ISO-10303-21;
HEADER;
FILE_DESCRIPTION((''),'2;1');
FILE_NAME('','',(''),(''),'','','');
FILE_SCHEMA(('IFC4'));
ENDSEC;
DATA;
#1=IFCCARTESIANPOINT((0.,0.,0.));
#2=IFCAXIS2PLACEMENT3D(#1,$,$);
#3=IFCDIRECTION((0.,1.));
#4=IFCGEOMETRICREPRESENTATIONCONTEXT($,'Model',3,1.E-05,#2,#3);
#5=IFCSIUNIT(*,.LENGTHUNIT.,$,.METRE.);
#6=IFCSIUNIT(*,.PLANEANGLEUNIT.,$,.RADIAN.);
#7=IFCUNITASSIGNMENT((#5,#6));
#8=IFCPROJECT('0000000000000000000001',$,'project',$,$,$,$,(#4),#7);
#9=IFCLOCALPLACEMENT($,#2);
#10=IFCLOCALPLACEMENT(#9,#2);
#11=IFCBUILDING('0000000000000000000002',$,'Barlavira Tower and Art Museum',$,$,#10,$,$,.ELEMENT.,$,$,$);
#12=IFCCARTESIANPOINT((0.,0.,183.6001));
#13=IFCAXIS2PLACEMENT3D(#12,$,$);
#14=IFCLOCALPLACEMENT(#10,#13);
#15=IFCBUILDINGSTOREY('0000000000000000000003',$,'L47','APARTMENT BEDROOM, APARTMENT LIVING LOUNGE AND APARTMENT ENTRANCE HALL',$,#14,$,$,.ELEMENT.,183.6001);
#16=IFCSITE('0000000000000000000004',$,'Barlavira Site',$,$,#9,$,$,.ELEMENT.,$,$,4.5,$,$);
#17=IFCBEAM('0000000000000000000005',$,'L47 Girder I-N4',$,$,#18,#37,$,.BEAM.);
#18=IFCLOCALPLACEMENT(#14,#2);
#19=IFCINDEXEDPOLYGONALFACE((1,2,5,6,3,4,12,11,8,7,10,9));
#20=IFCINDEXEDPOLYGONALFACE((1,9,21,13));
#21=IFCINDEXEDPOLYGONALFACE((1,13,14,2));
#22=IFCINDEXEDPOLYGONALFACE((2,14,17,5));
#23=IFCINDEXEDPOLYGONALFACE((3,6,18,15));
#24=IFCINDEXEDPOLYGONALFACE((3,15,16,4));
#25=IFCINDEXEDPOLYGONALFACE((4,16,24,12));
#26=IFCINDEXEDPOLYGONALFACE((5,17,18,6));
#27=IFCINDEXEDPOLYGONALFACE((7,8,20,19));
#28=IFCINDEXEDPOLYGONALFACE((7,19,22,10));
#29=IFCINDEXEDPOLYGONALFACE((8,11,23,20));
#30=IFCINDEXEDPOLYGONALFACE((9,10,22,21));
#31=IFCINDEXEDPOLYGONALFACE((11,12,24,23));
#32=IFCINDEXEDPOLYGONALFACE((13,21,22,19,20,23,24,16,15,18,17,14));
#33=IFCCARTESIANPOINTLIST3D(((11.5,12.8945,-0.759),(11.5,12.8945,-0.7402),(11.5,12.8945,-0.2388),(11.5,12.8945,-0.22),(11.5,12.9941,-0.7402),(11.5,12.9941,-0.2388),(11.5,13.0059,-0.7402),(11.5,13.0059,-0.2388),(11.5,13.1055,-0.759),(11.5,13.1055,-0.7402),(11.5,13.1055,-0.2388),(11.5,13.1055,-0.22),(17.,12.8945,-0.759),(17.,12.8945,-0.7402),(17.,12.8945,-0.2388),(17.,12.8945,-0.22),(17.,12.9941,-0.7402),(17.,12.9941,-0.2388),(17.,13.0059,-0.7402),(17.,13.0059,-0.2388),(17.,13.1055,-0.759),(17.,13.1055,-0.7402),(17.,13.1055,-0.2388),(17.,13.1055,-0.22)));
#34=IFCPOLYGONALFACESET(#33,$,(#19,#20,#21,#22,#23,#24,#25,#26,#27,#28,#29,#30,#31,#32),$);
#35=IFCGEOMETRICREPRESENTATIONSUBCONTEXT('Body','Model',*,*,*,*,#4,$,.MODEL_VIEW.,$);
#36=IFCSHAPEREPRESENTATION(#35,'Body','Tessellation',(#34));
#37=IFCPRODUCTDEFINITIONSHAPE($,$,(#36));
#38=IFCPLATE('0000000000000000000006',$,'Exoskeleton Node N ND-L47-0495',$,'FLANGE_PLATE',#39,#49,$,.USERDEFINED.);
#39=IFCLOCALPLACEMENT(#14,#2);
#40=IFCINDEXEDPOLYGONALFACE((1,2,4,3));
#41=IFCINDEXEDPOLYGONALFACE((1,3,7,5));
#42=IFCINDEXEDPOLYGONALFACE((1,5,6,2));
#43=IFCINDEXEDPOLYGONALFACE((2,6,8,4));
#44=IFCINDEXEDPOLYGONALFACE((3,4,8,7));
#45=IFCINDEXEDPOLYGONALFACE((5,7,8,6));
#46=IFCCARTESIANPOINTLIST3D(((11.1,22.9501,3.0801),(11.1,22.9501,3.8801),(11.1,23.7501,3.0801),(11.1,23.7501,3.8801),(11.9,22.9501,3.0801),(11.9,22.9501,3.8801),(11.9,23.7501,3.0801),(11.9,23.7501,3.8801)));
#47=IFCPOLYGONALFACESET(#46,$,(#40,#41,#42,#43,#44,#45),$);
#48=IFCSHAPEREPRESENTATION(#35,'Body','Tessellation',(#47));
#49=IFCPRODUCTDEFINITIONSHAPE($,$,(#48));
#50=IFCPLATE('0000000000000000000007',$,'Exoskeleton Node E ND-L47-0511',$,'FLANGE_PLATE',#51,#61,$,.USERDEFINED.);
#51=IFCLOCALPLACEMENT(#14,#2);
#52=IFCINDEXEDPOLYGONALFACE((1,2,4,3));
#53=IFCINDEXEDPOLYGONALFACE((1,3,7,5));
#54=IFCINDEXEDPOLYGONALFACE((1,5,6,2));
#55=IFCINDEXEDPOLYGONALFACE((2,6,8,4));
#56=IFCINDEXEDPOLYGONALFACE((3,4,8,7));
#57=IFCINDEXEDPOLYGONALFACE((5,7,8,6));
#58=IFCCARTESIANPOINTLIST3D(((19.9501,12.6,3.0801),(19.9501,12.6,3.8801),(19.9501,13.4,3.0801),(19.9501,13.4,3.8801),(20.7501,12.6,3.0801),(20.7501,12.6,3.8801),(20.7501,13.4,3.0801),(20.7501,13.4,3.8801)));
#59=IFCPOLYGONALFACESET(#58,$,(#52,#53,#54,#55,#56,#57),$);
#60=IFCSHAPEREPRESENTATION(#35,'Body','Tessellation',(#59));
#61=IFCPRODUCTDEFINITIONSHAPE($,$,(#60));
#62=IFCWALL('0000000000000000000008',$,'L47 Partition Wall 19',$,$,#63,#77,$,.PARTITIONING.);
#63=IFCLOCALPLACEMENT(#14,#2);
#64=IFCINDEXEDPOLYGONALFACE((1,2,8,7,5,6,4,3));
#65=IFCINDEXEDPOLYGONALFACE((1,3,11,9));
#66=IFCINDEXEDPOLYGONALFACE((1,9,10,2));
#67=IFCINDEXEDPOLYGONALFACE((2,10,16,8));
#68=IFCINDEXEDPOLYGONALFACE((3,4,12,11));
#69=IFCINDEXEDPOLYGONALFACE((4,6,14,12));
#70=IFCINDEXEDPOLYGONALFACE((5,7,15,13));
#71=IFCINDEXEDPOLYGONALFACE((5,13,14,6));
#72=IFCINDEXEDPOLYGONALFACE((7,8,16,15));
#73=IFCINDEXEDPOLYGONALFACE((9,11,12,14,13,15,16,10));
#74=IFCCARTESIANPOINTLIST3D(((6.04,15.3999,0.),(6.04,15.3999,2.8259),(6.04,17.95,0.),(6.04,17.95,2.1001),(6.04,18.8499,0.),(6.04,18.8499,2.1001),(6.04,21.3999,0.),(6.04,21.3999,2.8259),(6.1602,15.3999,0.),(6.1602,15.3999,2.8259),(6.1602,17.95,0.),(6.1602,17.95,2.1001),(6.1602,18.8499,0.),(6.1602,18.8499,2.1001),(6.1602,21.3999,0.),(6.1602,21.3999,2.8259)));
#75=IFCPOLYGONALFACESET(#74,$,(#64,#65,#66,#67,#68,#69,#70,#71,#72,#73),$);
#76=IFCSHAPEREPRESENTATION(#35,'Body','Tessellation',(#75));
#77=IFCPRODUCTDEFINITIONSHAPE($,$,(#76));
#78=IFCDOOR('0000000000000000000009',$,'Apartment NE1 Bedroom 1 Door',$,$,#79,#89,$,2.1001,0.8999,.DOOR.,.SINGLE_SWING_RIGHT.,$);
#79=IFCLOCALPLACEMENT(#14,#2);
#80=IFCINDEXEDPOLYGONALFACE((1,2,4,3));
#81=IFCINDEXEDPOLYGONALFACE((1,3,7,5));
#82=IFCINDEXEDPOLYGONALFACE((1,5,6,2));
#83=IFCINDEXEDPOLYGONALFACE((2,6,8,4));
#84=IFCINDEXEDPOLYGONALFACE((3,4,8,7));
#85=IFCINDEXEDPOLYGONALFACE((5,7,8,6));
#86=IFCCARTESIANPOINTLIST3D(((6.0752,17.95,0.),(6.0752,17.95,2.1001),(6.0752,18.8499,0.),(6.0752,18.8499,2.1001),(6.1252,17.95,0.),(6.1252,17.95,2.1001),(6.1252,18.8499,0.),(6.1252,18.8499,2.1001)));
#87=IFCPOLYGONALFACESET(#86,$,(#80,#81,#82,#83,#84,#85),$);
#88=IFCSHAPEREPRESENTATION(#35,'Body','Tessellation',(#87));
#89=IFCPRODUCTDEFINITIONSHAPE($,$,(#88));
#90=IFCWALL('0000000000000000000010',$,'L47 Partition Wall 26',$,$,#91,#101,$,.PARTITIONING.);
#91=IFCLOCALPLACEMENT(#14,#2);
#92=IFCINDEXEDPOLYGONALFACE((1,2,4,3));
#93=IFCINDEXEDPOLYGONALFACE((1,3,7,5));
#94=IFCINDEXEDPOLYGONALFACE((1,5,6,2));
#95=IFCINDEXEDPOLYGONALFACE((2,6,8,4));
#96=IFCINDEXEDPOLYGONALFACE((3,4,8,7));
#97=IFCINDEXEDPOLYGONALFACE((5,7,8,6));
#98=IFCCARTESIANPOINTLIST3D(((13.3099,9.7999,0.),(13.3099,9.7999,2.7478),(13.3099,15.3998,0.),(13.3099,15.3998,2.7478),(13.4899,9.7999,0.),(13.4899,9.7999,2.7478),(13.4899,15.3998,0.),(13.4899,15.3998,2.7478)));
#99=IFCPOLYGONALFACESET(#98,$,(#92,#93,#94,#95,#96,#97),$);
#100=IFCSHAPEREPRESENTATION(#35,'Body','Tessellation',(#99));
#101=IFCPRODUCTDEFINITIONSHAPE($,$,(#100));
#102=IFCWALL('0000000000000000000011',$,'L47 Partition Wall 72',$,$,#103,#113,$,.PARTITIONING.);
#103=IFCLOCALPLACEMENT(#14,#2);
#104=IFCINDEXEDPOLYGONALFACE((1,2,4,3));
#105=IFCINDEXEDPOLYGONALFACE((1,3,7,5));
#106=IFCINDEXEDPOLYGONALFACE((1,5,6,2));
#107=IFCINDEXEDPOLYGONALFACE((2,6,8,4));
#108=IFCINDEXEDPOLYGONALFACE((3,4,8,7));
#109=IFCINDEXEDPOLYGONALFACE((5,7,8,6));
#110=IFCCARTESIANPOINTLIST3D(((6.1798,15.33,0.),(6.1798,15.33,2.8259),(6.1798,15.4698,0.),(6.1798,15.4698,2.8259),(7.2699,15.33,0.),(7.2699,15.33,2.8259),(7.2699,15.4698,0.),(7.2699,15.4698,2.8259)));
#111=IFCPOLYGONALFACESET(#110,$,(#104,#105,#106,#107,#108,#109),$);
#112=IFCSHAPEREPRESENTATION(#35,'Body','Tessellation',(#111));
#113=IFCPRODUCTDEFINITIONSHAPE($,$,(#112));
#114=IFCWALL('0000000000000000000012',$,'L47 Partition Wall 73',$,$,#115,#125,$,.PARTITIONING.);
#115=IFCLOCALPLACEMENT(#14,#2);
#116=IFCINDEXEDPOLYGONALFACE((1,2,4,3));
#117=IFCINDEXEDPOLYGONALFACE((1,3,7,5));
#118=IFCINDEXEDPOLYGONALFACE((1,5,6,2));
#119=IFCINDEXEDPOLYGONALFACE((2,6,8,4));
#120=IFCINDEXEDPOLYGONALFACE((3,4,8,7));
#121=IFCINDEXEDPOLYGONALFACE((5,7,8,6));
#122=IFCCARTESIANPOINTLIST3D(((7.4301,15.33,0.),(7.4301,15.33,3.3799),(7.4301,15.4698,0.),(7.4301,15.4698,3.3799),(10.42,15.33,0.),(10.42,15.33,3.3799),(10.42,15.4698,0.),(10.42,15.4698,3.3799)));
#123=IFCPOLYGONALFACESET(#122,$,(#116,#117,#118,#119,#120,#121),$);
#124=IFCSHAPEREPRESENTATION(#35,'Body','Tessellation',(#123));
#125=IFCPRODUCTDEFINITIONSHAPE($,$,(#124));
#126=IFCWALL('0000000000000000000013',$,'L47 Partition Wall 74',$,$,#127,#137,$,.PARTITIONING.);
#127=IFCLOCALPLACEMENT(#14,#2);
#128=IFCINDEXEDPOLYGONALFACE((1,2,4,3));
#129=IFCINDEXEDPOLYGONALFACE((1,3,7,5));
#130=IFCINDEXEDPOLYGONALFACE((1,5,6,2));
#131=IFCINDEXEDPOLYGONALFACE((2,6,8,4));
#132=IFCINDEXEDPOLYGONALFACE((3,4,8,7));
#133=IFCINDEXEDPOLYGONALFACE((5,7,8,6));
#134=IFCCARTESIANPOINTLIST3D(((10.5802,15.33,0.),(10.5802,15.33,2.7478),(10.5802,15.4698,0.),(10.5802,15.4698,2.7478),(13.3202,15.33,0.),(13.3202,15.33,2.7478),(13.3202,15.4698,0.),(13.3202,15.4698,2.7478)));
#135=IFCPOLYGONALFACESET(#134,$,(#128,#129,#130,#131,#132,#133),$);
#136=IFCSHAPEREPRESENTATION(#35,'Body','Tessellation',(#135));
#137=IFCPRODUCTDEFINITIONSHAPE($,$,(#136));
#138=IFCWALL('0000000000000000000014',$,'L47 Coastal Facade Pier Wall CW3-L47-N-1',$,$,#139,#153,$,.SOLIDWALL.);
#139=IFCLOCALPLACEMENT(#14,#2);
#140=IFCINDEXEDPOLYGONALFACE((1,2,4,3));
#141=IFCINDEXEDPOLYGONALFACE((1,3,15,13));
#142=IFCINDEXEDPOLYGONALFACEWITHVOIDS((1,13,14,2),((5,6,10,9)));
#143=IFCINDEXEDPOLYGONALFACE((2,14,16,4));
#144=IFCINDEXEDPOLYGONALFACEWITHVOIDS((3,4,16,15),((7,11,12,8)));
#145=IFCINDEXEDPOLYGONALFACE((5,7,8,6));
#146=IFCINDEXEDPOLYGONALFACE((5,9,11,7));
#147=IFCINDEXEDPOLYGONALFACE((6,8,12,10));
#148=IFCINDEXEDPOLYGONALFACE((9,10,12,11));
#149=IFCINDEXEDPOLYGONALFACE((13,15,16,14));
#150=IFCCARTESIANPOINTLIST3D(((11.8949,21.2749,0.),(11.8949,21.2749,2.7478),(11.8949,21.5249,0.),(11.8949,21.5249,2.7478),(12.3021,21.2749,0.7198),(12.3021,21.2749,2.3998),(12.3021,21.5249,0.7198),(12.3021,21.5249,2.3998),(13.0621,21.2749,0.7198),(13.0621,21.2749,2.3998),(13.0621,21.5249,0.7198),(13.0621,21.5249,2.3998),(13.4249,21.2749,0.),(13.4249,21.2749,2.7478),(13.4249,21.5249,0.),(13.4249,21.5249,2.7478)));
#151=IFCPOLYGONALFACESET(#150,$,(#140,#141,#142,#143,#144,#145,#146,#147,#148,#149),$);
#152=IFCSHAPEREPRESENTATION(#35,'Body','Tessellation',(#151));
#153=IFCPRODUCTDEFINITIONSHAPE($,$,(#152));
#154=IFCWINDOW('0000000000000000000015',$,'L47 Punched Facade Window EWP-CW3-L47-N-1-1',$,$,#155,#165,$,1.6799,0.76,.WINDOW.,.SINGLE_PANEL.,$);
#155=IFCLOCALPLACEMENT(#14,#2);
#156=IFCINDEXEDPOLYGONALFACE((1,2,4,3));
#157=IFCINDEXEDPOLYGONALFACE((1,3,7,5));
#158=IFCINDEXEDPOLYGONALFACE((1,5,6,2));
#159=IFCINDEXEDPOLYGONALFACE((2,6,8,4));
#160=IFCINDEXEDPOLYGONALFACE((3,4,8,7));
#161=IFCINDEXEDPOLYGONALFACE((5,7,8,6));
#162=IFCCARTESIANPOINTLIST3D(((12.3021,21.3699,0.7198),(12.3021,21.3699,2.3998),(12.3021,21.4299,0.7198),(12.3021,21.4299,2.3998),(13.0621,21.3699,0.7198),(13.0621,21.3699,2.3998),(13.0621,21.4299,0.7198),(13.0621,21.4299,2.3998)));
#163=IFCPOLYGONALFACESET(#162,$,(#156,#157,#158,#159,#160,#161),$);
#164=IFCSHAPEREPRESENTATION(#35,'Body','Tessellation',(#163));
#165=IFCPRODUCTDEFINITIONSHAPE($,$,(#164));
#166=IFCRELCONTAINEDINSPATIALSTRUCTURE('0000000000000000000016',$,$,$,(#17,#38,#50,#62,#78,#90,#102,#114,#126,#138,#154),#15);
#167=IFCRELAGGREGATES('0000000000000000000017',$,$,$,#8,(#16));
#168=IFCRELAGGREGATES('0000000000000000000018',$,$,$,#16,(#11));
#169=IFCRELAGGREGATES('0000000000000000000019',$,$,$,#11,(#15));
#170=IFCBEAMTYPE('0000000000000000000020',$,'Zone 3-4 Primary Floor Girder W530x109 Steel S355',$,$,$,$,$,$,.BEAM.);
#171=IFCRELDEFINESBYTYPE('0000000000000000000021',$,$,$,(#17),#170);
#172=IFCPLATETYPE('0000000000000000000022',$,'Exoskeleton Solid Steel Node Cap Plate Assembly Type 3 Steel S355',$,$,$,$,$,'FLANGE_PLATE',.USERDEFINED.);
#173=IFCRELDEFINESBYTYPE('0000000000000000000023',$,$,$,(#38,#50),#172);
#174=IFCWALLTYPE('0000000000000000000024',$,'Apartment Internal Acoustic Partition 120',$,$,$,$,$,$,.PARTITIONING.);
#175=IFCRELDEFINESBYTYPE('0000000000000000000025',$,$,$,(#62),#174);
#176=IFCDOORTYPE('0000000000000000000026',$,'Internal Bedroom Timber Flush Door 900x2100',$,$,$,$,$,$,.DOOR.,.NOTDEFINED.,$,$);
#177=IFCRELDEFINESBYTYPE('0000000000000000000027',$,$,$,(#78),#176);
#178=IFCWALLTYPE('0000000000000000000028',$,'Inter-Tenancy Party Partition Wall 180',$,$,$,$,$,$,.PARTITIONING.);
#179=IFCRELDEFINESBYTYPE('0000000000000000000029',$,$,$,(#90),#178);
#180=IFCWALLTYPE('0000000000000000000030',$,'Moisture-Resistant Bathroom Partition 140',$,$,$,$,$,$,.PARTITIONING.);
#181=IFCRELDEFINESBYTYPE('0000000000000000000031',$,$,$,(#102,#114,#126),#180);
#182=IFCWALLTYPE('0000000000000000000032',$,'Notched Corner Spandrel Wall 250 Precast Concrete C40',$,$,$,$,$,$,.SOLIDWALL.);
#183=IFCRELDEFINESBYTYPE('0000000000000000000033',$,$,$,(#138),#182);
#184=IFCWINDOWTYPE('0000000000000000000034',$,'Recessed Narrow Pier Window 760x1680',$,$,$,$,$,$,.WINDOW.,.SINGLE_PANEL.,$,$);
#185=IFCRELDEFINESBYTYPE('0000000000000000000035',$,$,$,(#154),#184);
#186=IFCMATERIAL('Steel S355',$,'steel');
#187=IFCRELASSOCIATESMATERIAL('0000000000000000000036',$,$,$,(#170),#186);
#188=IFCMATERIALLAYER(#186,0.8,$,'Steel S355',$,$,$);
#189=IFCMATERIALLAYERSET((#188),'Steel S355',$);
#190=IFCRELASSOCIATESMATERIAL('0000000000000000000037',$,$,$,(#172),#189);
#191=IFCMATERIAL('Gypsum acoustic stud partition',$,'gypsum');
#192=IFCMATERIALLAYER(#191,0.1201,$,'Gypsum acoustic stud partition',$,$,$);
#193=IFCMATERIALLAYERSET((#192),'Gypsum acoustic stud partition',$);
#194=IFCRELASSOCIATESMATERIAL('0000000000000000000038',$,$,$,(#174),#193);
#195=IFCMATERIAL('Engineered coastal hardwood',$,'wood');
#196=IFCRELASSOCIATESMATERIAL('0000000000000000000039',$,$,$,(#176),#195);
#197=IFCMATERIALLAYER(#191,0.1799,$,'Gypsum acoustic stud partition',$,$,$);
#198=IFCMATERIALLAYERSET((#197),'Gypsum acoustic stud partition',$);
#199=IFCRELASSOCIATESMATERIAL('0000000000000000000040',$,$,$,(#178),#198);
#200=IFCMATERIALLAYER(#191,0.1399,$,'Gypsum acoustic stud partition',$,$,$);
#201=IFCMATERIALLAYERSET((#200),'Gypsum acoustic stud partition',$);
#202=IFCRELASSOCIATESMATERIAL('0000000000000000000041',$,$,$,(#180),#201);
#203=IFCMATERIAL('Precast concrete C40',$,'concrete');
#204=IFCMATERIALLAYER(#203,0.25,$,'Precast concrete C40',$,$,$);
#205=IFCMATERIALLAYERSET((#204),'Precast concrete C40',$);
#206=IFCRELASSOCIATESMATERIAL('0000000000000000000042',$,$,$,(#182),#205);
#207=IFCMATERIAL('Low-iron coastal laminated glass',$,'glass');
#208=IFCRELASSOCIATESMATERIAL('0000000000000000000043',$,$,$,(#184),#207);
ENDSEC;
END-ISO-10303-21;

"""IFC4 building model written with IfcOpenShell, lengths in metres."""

from ifc_helpers import new_model, si_unit, direction, frame, frame_2d, origin, origin_2d, place, context, subcontext, project, spatial, rectangle, i_section, extrude, material, layer, layer_set, material_profile, profile_set, type_object, element, fill, save


model = new_model("IFC4")

# Units and contexts
model_context = context("Model", 3, precision=1e-05, world=origin(), true_north=direction((0.0, 1.0)))
body_context = subcontext(model_context, "Body", "Model", "MODEL_VIEW")
ifc_project = project(units=[si_unit("LENGTHUNIT", "METRE"), si_unit("PLANEANGLEUNIT", "RADIAN")], contexts=[model_context])

# Site, building, storey
site_placement = place(None, origin())
site = spatial("IfcSite", under=ifc_project, at=site_placement, Name="Barlavira Site", CompositionType="ELEMENT", RefElevation=4.5)
building_placement = place(site_placement, origin())
building = spatial("IfcBuilding", under=site, at=building_placement, Name="Barlavira Tower and Art Museum", CompositionType="ELEMENT")
storey_placement = place(building_placement, frame((0.0, 0.0, 183.6001)))
storey = spatial("IfcBuildingStorey", under=building, at=storey_placement, Name="L47", Description="APARTMENT BEDROOM, APARTMENT LIVING LOUNGE AND APARTMENT ENTRANCE HALL", CompositionType="ELEMENT", Elevation=183.6001)

# Shared definitions
ifc_material_1 = material(Name="Low-iron coastal laminated glass", Category="glass")

# Beam
ifc_material_2 = material(Name="Steel S355", Category="steel")
ifc_material_profile_1 = material_profile(ifc_material_2, i_section(OverallWidth=0.2109, OverallDepth=0.5391, WebThickness=0.0117, FlangeThickness=0.0188, at=origin_2d()), Name="W530x109.0")
ifc_profile_set_1 = profile_set([ifc_material_profile_1], Name="Steel S355")
beam_type_1 = type_object("IfcBeamType", Name="Zone 3-4 Primary Floor Girder W530x109 Steel S355", PredefinedType="BEAM", material=ifc_profile_set_1)
beam_1_placement = place(storey_placement, frame((11.5, 13.0, -0.4895), z_axis=(1.0, 0.0, 0.0), x_axis=(0.0, 1.0, 0.0)))
element("IfcBeam", 1, at=beam_1_placement, inside=storey, type_object=beam_type_1, Name="L47 Girder I-N4", PredefinedType="BEAM", context=body_context, shape_type="SweptSolid", body=[
    extrude(i_section(OverallWidth=0.2109, OverallDepth=0.5391, WebThickness=0.0117, FlangeThickness=0.0188, at=origin_2d()), origin(), (0.0, 0.0, 1.0), 5.5),
])

# Plates
ifc_layer_1 = layer(ifc_material_2, 0.8, Name="Steel S355")
ifc_layer_set_1 = layer_set([ifc_layer_1], Name="Steel S355")
plate_type = type_object("IfcPlateType", Name="Exoskeleton Solid Steel Node Cap Plate Assembly Type 3 Steel S355", ElementType="FLANGE_PLATE", PredefinedType="USERDEFINED", material=ifc_layer_set_1)
for number, where, z_axis, x_axis, name in (
    (2, (11.5, 23.3501, 3.0801), (0.0, 0.0, 1.0), (1.0, 0.0, 0.0), "Exoskeleton Node N ND-L47-0495"),
    (3, (20.3501, 13.0, 3.0801), (0.0, 0.0, 1.0), (1.0, 0.0, 0.0), "Exoskeleton Node E ND-L47-0511"),
):
    element("IfcPlate", number, at=place(storey_placement, frame(where, z_axis=z_axis, x_axis=x_axis)), inside=storey, type_object=plate_type, Name=name, ObjectType="FLANGE_PLATE", PredefinedType="USERDEFINED", context=body_context, shape_type="SweptSolid", body=[
        extrude(rectangle(XDim=0.8, YDim=0.8, at=origin_2d()), origin(), (0.0, 0.0, 1.0), 0.8),
    ])

# Wall, opening, door
ifc_material_3 = material(Name="Gypsum acoustic stud partition", Category="gypsum")
ifc_layer_2 = layer(ifc_material_3, 0.1201, Name="Gypsum acoustic stud partition")
ifc_layer_set_2 = layer_set([ifc_layer_2], Name="Gypsum acoustic stud partition")
wall_type_1 = type_object("IfcWallType", Name="Apartment Internal Acoustic Partition 120", PredefinedType="PARTITIONING", material=ifc_layer_set_2)
wall_1_placement = place(storey_placement, frame((6.1001, 15.3999, 0.0), z_axis=(0.0, 0.0, 1.0), x_axis=(0.0, 1.0, 0.0)))
wall_1 = element("IfcWall", 4, at=wall_1_placement, inside=storey, type_object=wall_type_1, Name="L47 Partition Wall 19", PredefinedType="PARTITIONING", context=body_context, shape_type="SweptSolid", body=[
    extrude(rectangle(XDim=6.0, YDim=0.1201, at=frame_2d((3.0, 0.0))), origin(), (0.0, 0.0, 1.0), 2.8259),
])
opening_1_placement = place(wall_1_placement, frame((2.55, 0.0, 0.0)))
opening_1 = element("IfcOpeningElement", 5, at=opening_1_placement, cuts=wall_1, PredefinedType="OPENING", context=body_context, shape_type="SweptSolid", body=[
    extrude(rectangle(XDim=0.8999, YDim=2.1001, at=frame_2d((0.45, 1.05))), frame((0.0, 0.0701, 0.0), z_axis=(0.0, -1.0, 0.0), x_axis=(1.0, 0.0, 0.0)), (0.0, 0.0, 1.0), 0.1401),
])
ifc_material_4 = material(Name="Engineered coastal hardwood", Category="wood")
door_type = type_object("IfcDoorType", Name="Internal Bedroom Timber Flush Door 900x2100", OperationType="NOTDEFINED", PredefinedType="DOOR", material=ifc_material_4)
door_placement = place(opening_1_placement, origin())
door = element("IfcDoor", 6, at=door_placement, inside=storey, type_object=door_type, Name="Apartment NE1 Bedroom 1 Door", OperationType="SINGLE_SWING_RIGHT", OverallHeight=2.1001, OverallWidth=0.8999, PredefinedType="DOOR", context=body_context, shape_type="SweptSolid", body=[
    extrude(rectangle(XDim=0.8999, YDim=2.1001, at=frame_2d((0.45, 1.05))), frame((0.0, 0.0249, 0.0), z_axis=(0.0, -1.0, 0.0), x_axis=(1.0, 0.0, 0.0)), (0.0, 0.0, 1.0), 0.05),
])
fill(opening_1, door)

# Walls
ifc_layer_3 = layer(ifc_material_3, 0.1799, Name="Gypsum acoustic stud partition")
ifc_layer_set_3 = layer_set([ifc_layer_3], Name="Gypsum acoustic stud partition")
wall_type_2 = type_object("IfcWallType", Name="Inter-Tenancy Party Partition Wall 180", PredefinedType="PARTITIONING", material=ifc_layer_set_3)
wall_2_placement = place(storey_placement, frame((13.3999, 9.8, 0.0), z_axis=(0.0, 0.0, 1.0), x_axis=(0.0, 1.0, 0.0)))
element("IfcWall", 7, at=wall_2_placement, inside=storey, type_object=wall_type_2, Name="L47 Partition Wall 26", PredefinedType="PARTITIONING", context=body_context, shape_type="SweptSolid", body=[
    extrude(rectangle(XDim=5.5999, YDim=0.1799, at=frame_2d((2.7998, 0.0))), origin(), (0.0, 0.0, 1.0), 2.7478),
])
ifc_layer_4 = layer(ifc_material_3, 0.1399, Name="Gypsum acoustic stud partition")
ifc_layer_set_4 = layer_set([ifc_layer_4], Name="Gypsum acoustic stud partition")
wall_type_3 = type_object("IfcWallType", Name="Moisture-Resistant Bathroom Partition 140", PredefinedType="PARTITIONING", material=ifc_layer_set_4)
wall_3_placement = place(storey_placement, frame((6.1799, 15.3999, 0.0), z_axis=(0.0, 0.0, 1.0), x_axis=(1.0, 0.0, 0.0)))
element("IfcWall", 8, at=wall_3_placement, inside=storey, type_object=wall_type_3, Name="L47 Partition Wall 72", PredefinedType="PARTITIONING", context=body_context, shape_type="SweptSolid", body=[
    extrude(rectangle(XDim=1.0901, YDim=0.1399, at=frame_2d((0.5449, 0.0))), origin(), (0.0, 0.0, 1.0), 2.8259),
])
wall_4_placement = place(storey_placement, frame((7.4299, 15.3999, 0.0), z_axis=(0.0, 0.0, 1.0), x_axis=(1.0, 0.0, 0.0)))
element("IfcWall", 9, at=wall_4_placement, inside=storey, type_object=wall_type_3, Name="L47 Partition Wall 73", PredefinedType="PARTITIONING", context=body_context, shape_type="SweptSolid", body=[
    extrude(rectangle(XDim=2.99, YDim=0.1399, at=frame_2d((1.4951, 0.0))), origin(), (0.0, 0.0, 1.0), 3.3799),
])
wall_5_placement = place(storey_placement, frame((10.5801, 15.3999, 0.0), z_axis=(0.0, 0.0, 1.0), x_axis=(1.0, 0.0, 0.0)))
element("IfcWall", 10, at=wall_5_placement, inside=storey, type_object=wall_type_3, Name="L47 Partition Wall 74", PredefinedType="PARTITIONING", context=body_context, shape_type="SweptSolid", body=[
    extrude(rectangle(XDim=2.74, YDim=0.1399, at=frame_2d((1.3701, 0.0))), origin(), (0.0, 0.0, 1.0), 2.7478),
])

# Wall, opening, window
ifc_material_5 = material(Name="Precast concrete C40", Category="concrete")
ifc_layer_5 = layer(ifc_material_5, 0.25, Name="Precast concrete C40")
ifc_layer_set_5 = layer_set([ifc_layer_5], Name="Precast concrete C40")
wall_type_4 = type_object("IfcWallType", Name="Notched Corner Spandrel Wall 250 Precast Concrete C40", PredefinedType="SOLIDWALL", material=ifc_layer_set_5)
wall_6_placement = place(storey_placement, frame((13.425, 21.3999, 0.0), z_axis=(0.0, 0.0, 1.0), x_axis=(-1.0, 0.0, 0.0)))
wall_6 = element("IfcWall", 11, at=wall_6_placement, inside=storey, type_object=wall_type_4, Name="L47 Coastal Facade Pier Wall CW3-L47-N-1", PredefinedType="SOLIDWALL", context=body_context, shape_type="SweptSolid", body=[
    extrude(rectangle(XDim=1.53, YDim=0.25, at=frame_2d((0.7651, 0.0))), origin(), (0.0, 0.0, 1.0), 2.7478),
])
opening_2_placement = place(wall_6_placement, frame((0.363, 0.0, 0.72)))
opening_2 = element("IfcOpeningElement", 12, at=opening_2_placement, cuts=wall_6, PredefinedType="OPENING", context=body_context, shape_type="SweptSolid", body=[
    extrude(rectangle(XDim=0.76, YDim=1.6799, at=frame_2d((0.3799, 0.8398))), frame((0.0, 0.135, 0.0), z_axis=(0.0, -1.0, 0.0), x_axis=(1.0, 0.0, 0.0)), (0.0, 0.0, 1.0), 0.27),
])
window_type_1 = type_object("IfcWindowType", Name="Recessed Narrow Pier Window 760x1680", PartitioningType="SINGLE_PANEL", PredefinedType="WINDOW", material=ifc_material_1)
window_1_placement = place(opening_2_placement, origin())
window_1 = element("IfcWindow", 13, at=window_1_placement, inside=storey, type_object=window_type_1, Name="L47 Punched Facade Window EWP-CW3-L47-N-1-1", OverallHeight=1.6799, OverallWidth=0.76, PartitioningType="SINGLE_PANEL", PredefinedType="WINDOW", context=body_context, shape_type="SweptSolid", body=[
    extrude(rectangle(XDim=0.76, YDim=1.6799, at=frame_2d((0.3799, 0.8398))), frame((0.0, 0.03, 0.0), z_axis=(0.0, -1.0, 0.0), x_axis=(1.0, 0.0, 0.0)), (0.0, 0.0, 1.0), 0.0601),
])
fill(opening_2, window_1)

save(model, "model.ifc")
